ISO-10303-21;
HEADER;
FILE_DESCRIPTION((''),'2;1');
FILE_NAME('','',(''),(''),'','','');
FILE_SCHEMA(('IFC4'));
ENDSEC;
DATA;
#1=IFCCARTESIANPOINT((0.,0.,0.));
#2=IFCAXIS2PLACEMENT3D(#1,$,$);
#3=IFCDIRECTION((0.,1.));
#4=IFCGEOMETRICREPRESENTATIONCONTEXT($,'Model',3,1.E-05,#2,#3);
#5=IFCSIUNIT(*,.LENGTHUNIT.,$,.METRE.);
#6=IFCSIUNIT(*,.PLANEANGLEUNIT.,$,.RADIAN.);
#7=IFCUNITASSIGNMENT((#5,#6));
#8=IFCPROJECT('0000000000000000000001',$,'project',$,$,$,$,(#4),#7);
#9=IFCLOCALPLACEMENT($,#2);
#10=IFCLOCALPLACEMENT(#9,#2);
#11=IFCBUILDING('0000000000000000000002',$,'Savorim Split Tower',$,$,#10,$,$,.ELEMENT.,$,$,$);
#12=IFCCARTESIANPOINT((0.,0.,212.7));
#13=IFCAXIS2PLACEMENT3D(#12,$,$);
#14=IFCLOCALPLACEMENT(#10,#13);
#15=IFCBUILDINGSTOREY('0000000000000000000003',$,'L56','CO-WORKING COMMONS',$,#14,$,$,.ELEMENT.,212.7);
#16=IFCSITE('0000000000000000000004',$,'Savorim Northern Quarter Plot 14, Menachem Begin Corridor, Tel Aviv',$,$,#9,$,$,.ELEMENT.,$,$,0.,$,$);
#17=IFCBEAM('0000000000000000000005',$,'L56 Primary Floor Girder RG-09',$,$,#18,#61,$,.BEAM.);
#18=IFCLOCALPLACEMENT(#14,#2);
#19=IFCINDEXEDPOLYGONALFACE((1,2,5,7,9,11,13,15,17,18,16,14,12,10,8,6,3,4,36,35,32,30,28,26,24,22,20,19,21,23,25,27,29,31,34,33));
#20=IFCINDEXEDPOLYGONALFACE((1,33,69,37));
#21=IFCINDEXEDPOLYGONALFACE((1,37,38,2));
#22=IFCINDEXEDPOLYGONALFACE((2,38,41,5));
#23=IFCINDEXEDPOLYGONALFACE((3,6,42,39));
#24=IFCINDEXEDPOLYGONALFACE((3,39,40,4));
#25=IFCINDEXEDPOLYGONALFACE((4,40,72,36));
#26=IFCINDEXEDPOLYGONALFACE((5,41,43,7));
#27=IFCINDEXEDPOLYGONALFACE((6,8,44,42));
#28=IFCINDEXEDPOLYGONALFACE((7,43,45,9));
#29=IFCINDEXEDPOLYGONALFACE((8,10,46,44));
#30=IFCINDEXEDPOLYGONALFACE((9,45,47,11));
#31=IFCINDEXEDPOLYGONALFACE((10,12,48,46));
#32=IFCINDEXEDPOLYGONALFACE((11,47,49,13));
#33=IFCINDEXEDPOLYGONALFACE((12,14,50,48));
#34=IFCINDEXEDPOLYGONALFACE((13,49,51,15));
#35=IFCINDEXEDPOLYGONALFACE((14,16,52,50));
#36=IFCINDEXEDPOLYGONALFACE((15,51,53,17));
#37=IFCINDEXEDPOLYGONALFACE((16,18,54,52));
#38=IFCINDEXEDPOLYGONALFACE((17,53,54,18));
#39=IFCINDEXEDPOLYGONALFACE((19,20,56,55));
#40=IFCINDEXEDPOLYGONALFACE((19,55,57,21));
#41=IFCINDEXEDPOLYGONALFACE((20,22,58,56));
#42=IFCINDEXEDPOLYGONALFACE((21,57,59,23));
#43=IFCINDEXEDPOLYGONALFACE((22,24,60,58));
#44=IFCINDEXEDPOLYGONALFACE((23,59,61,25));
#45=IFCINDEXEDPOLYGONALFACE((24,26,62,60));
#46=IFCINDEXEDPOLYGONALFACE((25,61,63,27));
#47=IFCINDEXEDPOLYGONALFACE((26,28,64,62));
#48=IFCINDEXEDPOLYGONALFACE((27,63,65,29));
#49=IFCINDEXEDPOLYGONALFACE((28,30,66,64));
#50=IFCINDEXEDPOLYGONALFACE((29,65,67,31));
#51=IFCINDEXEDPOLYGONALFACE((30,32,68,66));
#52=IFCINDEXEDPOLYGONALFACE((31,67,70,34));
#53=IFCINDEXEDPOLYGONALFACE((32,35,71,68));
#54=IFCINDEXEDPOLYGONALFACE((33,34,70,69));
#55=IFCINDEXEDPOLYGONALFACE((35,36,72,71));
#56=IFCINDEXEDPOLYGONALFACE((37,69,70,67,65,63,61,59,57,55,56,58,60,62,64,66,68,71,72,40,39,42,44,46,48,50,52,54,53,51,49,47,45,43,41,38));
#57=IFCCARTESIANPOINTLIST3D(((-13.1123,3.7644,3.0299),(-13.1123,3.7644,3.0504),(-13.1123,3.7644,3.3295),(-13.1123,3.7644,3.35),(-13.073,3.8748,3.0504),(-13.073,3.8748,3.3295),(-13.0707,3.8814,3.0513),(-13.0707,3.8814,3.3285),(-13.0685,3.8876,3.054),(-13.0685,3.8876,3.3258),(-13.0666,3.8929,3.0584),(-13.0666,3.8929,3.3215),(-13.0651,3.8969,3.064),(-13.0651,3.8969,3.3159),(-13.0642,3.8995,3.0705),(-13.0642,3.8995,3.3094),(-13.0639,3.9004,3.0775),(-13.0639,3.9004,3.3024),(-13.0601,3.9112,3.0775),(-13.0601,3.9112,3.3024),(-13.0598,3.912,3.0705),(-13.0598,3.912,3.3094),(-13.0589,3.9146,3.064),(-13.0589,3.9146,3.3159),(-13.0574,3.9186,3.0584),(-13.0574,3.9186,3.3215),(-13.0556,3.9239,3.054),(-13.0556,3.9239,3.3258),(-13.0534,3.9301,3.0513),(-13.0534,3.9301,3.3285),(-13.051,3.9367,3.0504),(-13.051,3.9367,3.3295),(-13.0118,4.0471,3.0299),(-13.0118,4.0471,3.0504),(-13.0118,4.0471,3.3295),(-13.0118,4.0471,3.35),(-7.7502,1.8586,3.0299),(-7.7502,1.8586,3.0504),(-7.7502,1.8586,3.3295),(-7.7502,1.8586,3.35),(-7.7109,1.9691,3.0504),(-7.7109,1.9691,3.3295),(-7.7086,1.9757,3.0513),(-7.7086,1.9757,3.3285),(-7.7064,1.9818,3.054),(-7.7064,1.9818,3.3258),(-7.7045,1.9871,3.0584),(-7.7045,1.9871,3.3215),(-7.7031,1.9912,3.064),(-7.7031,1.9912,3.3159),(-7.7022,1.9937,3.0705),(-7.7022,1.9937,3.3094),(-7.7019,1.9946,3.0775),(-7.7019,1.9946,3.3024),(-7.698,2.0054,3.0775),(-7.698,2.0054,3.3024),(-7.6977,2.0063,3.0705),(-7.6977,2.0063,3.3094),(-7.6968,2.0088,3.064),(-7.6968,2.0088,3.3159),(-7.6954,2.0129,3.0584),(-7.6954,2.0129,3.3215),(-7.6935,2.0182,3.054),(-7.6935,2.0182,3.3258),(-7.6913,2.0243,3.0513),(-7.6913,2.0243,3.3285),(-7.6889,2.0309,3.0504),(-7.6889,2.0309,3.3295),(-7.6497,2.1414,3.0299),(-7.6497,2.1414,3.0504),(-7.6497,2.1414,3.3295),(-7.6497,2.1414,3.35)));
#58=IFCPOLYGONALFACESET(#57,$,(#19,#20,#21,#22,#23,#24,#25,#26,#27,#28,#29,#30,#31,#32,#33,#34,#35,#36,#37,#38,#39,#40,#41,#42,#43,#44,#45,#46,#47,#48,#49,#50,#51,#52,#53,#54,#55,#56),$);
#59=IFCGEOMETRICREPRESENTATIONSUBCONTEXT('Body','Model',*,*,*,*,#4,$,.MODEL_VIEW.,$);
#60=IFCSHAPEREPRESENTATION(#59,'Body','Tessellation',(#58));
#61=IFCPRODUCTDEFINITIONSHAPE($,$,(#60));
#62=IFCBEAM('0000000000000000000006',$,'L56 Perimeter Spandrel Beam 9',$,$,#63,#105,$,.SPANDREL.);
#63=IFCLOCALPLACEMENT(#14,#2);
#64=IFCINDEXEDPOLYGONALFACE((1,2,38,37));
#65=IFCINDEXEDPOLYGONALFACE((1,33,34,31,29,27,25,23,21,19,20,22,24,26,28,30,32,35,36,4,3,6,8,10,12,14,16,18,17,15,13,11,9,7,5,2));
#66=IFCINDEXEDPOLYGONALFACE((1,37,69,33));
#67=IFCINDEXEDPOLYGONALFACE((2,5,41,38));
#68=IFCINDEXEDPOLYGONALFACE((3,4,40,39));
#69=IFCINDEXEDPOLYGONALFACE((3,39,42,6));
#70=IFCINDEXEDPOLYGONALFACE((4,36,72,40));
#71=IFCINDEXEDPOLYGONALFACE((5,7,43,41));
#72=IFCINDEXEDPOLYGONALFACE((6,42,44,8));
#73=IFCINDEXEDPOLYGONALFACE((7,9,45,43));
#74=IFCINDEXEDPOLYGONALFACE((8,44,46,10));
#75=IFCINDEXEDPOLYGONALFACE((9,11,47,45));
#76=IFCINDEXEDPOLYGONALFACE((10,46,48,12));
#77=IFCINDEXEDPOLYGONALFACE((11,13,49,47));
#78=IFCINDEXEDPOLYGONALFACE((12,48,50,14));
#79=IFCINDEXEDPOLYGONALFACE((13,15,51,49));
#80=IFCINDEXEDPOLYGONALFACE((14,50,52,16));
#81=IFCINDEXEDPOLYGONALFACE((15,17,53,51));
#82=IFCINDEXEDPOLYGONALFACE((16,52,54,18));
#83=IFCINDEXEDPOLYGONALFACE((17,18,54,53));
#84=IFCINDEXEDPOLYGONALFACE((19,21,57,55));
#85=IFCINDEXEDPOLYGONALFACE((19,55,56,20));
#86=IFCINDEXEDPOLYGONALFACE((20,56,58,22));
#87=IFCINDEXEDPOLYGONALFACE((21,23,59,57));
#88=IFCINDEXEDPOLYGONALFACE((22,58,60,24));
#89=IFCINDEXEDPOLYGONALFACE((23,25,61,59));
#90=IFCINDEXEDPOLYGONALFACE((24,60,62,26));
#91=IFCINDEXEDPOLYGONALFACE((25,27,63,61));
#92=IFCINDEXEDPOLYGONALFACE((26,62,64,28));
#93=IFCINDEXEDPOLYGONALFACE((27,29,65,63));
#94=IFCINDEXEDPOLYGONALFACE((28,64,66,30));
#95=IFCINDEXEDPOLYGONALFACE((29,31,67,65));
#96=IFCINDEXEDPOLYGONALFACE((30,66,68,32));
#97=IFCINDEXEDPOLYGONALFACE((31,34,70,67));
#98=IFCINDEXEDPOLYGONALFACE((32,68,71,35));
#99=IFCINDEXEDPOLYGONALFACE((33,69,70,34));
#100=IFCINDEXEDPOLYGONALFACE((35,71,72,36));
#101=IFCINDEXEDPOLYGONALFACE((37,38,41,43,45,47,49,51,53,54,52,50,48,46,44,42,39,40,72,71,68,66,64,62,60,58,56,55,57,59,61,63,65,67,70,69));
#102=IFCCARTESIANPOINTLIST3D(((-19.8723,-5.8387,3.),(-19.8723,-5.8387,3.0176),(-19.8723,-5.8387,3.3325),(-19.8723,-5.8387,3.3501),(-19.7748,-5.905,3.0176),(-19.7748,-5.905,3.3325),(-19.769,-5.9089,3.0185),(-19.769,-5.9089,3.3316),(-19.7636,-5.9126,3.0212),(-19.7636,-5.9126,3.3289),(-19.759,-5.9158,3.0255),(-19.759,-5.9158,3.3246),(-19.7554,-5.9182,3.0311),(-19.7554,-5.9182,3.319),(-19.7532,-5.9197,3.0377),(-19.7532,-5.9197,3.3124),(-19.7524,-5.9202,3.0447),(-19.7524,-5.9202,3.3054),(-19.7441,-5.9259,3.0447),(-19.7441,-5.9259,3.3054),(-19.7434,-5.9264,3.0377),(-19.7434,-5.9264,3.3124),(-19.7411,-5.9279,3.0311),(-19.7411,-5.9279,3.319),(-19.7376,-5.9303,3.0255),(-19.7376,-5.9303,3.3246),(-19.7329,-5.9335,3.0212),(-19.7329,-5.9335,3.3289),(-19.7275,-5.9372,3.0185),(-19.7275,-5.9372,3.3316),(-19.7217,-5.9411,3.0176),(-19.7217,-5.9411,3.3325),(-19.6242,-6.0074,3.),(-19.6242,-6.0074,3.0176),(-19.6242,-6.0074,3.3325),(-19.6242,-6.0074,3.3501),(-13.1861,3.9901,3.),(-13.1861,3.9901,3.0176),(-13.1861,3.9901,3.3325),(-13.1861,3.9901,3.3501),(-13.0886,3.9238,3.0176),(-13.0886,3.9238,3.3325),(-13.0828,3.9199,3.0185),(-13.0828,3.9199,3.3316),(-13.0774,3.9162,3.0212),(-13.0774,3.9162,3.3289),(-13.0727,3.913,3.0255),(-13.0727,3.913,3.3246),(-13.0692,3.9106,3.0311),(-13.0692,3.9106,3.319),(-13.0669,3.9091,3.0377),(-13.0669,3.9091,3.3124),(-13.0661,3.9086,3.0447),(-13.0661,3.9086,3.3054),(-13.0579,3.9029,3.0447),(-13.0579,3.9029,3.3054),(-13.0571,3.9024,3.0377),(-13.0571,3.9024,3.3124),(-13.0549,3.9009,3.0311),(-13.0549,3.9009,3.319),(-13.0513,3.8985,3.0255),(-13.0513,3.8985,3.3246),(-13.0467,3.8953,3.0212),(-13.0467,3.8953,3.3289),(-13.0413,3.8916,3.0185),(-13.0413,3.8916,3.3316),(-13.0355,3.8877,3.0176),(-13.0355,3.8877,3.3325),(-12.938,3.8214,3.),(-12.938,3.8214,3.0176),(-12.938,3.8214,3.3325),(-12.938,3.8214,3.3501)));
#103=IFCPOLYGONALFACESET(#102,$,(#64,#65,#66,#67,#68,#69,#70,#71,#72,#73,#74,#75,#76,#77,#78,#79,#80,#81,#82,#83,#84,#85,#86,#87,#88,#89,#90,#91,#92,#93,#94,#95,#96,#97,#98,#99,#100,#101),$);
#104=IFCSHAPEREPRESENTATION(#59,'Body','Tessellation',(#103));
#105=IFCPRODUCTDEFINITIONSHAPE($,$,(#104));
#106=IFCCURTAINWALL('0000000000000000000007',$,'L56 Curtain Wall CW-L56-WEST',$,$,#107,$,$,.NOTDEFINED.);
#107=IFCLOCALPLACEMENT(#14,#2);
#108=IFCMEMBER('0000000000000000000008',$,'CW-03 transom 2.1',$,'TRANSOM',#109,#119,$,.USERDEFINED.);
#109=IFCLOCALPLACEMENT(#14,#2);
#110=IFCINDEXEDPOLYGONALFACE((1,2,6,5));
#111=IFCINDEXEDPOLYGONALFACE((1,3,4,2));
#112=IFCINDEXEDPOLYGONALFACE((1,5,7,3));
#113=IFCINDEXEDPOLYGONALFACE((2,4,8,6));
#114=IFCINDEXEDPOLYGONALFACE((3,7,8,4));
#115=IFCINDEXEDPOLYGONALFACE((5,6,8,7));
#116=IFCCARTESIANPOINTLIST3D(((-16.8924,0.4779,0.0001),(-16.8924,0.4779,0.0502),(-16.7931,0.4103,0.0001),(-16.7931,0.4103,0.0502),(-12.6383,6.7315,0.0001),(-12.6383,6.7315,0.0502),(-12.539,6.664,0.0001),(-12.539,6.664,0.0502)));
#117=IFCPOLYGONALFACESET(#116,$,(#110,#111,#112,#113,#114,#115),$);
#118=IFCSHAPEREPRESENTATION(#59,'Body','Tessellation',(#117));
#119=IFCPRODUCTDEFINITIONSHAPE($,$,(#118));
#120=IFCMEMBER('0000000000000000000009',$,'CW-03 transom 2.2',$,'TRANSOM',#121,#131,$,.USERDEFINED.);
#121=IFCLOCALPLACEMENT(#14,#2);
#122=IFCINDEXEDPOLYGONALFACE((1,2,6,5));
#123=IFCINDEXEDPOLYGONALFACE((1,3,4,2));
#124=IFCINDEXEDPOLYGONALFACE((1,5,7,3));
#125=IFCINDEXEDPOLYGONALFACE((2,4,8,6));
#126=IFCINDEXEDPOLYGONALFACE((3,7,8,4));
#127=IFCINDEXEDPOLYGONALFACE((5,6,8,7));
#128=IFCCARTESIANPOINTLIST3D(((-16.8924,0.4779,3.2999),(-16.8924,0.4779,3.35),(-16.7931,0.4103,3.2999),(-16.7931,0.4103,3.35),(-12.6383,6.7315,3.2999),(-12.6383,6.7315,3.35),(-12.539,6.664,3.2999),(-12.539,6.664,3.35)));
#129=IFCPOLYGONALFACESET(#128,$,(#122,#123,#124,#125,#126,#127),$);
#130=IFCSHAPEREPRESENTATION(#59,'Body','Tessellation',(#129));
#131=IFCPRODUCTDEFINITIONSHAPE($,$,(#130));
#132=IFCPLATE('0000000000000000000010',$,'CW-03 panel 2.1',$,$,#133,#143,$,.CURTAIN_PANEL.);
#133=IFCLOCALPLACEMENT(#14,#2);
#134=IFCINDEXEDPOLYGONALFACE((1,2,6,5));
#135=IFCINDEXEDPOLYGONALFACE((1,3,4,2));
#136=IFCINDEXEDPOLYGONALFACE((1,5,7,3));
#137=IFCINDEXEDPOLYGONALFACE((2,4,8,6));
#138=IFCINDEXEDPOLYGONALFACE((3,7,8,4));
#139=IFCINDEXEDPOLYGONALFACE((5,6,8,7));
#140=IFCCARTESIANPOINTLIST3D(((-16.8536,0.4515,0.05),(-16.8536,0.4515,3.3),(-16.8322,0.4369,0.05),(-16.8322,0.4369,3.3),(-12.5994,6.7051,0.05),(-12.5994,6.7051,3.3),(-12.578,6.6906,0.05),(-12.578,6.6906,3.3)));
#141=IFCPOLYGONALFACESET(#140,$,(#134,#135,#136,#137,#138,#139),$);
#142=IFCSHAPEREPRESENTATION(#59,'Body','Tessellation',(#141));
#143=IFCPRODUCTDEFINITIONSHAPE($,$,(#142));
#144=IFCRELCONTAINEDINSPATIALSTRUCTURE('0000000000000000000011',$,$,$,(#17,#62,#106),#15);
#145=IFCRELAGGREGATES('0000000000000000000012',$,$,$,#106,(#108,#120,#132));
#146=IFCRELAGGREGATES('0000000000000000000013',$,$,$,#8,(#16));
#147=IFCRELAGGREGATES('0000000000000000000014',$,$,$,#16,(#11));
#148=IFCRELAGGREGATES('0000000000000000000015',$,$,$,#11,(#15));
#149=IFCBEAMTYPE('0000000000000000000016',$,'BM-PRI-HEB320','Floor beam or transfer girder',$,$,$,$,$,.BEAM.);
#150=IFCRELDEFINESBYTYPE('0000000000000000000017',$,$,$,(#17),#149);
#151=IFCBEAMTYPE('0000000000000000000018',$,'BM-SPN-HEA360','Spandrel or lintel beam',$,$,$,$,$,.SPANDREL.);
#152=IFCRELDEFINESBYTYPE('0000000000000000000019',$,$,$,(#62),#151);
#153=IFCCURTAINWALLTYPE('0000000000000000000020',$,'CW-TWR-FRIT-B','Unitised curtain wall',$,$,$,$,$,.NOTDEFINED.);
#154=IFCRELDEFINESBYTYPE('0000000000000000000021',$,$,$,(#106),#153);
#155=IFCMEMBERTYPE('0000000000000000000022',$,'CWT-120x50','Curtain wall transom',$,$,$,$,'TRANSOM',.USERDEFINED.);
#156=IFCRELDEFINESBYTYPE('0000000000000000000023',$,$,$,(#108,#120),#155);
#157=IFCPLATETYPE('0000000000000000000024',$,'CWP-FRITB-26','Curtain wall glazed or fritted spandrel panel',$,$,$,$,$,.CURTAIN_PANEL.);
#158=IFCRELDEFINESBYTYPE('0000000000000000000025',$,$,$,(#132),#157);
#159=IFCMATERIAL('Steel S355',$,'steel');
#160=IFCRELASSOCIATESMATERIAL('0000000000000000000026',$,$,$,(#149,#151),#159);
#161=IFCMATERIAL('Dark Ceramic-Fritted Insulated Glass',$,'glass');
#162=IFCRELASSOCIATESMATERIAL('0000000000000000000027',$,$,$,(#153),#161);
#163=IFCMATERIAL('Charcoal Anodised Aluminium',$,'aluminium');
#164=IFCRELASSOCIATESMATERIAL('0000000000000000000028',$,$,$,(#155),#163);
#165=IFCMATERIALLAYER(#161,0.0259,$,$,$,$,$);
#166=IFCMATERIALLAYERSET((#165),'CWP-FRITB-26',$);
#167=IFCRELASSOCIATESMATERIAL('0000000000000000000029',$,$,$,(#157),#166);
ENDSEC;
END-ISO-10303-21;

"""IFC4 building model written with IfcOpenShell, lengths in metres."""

from ifc_helpers import new_model, si_unit, direction, frame, origin, origin_2d, place, context, subcontext, project, spatial, rectangle, i_section, extrude, material, layer, layer_set, material_profile, profile_set, type_object, element, aggregate, save


model = new_model("IFC4")

# Units and contexts
model_context = context("Model", 3, precision=1e-05, world=origin(), true_north=direction((0.0, 1.0)))
body_context = subcontext(model_context, "Body", "Model", "MODEL_VIEW")
ifc_project = project(units=[si_unit("LENGTHUNIT", "METRE"), si_unit("PLANEANGLEUNIT", "RADIAN")], contexts=[model_context])

# Site, building, storey
site_placement = place(None, origin())
site = spatial("IfcSite", under=ifc_project, at=site_placement, Name="Savorim Northern Quarter Plot 14, Menachem Begin Corridor, Tel Aviv", CompositionType="ELEMENT", RefElevation=0.0)
building_placement = place(site_placement, origin())
building = spatial("IfcBuilding", under=site, at=building_placement, Name="Savorim Split Tower", CompositionType="ELEMENT")
storey_placement = place(building_placement, frame((0.0, 0.0, 212.7)))
storey = spatial("IfcBuildingStorey", under=building, at=storey_placement, Name="L56", Description="CO-WORKING COMMONS", CompositionType="ELEMENT", Elevation=212.7)

# Shared definitions
ifc_material_1 = material(Name="Steel S355", Category="steel")

# Beams
ifc_material_profile_1 = material_profile(ifc_material_1, i_section(OverallWidth=0.3, OverallDepth=0.3201, WebThickness=0.0115, FlangeThickness=0.0205, FilletRadius=0.0271, at=origin_2d()), Name="HEB 320")
ifc_profile_set_1 = profile_set([ifc_material_profile_1], Name="Steel S355")
beam_type_1 = type_object("IfcBeamType", Name="BM-PRI-HEB320", Description="Floor beam or transfer girder", PredefinedType="BEAM", material=ifc_profile_set_1)
beam_1_placement = place(storey_placement, frame((-13.062, 3.9058, 3.1899), z_axis=(0.942256, -0.334893, 0.0), x_axis=(0.334893, 0.942256, 0.0)))
element("IfcBeam", 1, at=beam_1_placement, inside=storey, type_object=beam_type_1, Name="L56 Primary Floor Girder RG-09", PredefinedType="BEAM", context=body_context, shape_type="SweptSolid", body=[
    extrude(i_section(OverallWidth=0.3, OverallDepth=0.3201, WebThickness=0.0115, FlangeThickness=0.0205, FilletRadius=0.0271, at=origin_2d()), origin(), (0.0, 0.0, 1.0), 5.6907),
])
ifc_material_profile_2 = material_profile(ifc_material_1, i_section(OverallWidth=0.3, OverallDepth=0.3501, WebThickness=0.01, FlangeThickness=0.0176, FilletRadius=0.0271, at=origin_2d()), Name="HEA 360")
ifc_profile_set_2 = profile_set([ifc_material_profile_2], Name="Steel S355")
beam_type_2 = type_object("IfcBeamType", Name="BM-SPN-HEA360", Description="Spandrel or lintel beam", PredefinedType="SPANDREL", material=ifc_profile_set_2)
beam_2_placement = place(storey_placement, frame((-13.062, 3.9058, 3.175), z_axis=(-0.562463, -0.826823, 0.0), x_axis=(0.826823, -0.562463, 0.0)))
element("IfcBeam", 2, at=beam_2_placement, inside=storey, type_object=beam_type_2, Name="L56 Perimeter Spandrel Beam 9", PredefinedType="SPANDREL", context=body_context, shape_type="SweptSolid", body=[
    extrude(i_section(OverallWidth=0.3, OverallDepth=0.3501, WebThickness=0.01, FlangeThickness=0.0176, FilletRadius=0.0271, at=origin_2d()), origin(), (0.0, 0.0, 1.0), 11.8875),
])

# Curtain wall, members, plate
ifc_material_2 = material(Name="Dark Ceramic-Fritted Insulated Glass", Category="glass")
curtain_wall_type = type_object("IfcCurtainWallType", Name="CW-TWR-FRIT-B", Description="Unitised curtain wall", PredefinedType="NOTDEFINED", material=ifc_material_2)
curtain_wall_placement = place(storey_placement, origin())
curtain_wall = element("IfcCurtainWall", 3, at=curtain_wall_placement, inside=storey, type_object=curtain_wall_type, Name="L56 Curtain Wall CW-L56-WEST", PredefinedType="NOTDEFINED")
ifc_material_3 = material(Name="Charcoal Anodised Aluminium", Category="aluminium")
ifc_material_profile_3 = material_profile(ifc_material_3, rectangle(XDim=0.1201, YDim=0.05, at=origin_2d()), Name="ALU-T 120x50")
ifc_profile_set_3 = profile_set([ifc_material_profile_3], Name="Charcoal Anodised Aluminium")
member_type = type_object("IfcMemberType", Name="CWT-120x50", Description="Curtain wall transom", ElementType="TRANSOM", PredefinedType="USERDEFINED", material=ifc_profile_set_3)
member_1_placement = place(storey_placement, frame((-12.5886, 6.6978, 0.0251), z_axis=(-0.56246, -0.826824, 0.0), x_axis=(0.826824, -0.56246, 0.0)))
member_1 = element("IfcMember", 4, at=member_1_placement, type_object=member_type, Name="CW-03 transom 2.1", ObjectType="TRANSOM", PredefinedType="USERDEFINED", context=body_context, shape_type="SweptSolid", body=[
    extrude(rectangle(XDim=0.1201, YDim=0.05, at=origin_2d()), origin(), (0.0, 0.0, 1.0), 7.5635),
])
member_2_placement = place(storey_placement, frame((-12.5886, 6.6978, 3.325), z_axis=(-0.56246, -0.826824, 0.0), x_axis=(0.826824, -0.56246, 0.0)))
member_2 = element("IfcMember", 5, at=member_2_placement, type_object=member_type, Name="CW-03 transom 2.2", ObjectType="TRANSOM", PredefinedType="USERDEFINED", context=body_context, shape_type="SweptSolid", body=[
    extrude(rectangle(XDim=0.1201, YDim=0.05, at=origin_2d()), origin(), (0.0, 0.0, 1.0), 7.5635),
])
ifc_layer_1 = layer(ifc_material_2, 0.0259)
ifc_layer_set_1 = layer_set([ifc_layer_1], Name="CWP-FRITB-26")
plate_type = type_object("IfcPlateType", Name="CWP-FRITB-26", Description="Curtain wall glazed or fritted spandrel panel", PredefinedType="CURTAIN_PANEL", material=ifc_layer_set_1)
plate_placement = place(storey_placement, frame((-14.7158, 3.571, 0.05), z_axis=(0.0, 0.0, 1.0), x_axis=(-0.562465, -0.826821, 0.0)))
plate = element("IfcPlate", 6, at=plate_placement, type_object=plate_type, Name="CW-03 panel 2.1", PredefinedType="CURTAIN_PANEL", context=body_context, shape_type="SweptSolid", body=[
    extrude(rectangle(XDim=7.5635, YDim=0.0259, at=origin_2d()), origin(), (0.0, 0.0, 1.0), 3.25),
])
aggregate(curtain_wall, [member_1, member_2, plate])

save(model, "model.ifc")
